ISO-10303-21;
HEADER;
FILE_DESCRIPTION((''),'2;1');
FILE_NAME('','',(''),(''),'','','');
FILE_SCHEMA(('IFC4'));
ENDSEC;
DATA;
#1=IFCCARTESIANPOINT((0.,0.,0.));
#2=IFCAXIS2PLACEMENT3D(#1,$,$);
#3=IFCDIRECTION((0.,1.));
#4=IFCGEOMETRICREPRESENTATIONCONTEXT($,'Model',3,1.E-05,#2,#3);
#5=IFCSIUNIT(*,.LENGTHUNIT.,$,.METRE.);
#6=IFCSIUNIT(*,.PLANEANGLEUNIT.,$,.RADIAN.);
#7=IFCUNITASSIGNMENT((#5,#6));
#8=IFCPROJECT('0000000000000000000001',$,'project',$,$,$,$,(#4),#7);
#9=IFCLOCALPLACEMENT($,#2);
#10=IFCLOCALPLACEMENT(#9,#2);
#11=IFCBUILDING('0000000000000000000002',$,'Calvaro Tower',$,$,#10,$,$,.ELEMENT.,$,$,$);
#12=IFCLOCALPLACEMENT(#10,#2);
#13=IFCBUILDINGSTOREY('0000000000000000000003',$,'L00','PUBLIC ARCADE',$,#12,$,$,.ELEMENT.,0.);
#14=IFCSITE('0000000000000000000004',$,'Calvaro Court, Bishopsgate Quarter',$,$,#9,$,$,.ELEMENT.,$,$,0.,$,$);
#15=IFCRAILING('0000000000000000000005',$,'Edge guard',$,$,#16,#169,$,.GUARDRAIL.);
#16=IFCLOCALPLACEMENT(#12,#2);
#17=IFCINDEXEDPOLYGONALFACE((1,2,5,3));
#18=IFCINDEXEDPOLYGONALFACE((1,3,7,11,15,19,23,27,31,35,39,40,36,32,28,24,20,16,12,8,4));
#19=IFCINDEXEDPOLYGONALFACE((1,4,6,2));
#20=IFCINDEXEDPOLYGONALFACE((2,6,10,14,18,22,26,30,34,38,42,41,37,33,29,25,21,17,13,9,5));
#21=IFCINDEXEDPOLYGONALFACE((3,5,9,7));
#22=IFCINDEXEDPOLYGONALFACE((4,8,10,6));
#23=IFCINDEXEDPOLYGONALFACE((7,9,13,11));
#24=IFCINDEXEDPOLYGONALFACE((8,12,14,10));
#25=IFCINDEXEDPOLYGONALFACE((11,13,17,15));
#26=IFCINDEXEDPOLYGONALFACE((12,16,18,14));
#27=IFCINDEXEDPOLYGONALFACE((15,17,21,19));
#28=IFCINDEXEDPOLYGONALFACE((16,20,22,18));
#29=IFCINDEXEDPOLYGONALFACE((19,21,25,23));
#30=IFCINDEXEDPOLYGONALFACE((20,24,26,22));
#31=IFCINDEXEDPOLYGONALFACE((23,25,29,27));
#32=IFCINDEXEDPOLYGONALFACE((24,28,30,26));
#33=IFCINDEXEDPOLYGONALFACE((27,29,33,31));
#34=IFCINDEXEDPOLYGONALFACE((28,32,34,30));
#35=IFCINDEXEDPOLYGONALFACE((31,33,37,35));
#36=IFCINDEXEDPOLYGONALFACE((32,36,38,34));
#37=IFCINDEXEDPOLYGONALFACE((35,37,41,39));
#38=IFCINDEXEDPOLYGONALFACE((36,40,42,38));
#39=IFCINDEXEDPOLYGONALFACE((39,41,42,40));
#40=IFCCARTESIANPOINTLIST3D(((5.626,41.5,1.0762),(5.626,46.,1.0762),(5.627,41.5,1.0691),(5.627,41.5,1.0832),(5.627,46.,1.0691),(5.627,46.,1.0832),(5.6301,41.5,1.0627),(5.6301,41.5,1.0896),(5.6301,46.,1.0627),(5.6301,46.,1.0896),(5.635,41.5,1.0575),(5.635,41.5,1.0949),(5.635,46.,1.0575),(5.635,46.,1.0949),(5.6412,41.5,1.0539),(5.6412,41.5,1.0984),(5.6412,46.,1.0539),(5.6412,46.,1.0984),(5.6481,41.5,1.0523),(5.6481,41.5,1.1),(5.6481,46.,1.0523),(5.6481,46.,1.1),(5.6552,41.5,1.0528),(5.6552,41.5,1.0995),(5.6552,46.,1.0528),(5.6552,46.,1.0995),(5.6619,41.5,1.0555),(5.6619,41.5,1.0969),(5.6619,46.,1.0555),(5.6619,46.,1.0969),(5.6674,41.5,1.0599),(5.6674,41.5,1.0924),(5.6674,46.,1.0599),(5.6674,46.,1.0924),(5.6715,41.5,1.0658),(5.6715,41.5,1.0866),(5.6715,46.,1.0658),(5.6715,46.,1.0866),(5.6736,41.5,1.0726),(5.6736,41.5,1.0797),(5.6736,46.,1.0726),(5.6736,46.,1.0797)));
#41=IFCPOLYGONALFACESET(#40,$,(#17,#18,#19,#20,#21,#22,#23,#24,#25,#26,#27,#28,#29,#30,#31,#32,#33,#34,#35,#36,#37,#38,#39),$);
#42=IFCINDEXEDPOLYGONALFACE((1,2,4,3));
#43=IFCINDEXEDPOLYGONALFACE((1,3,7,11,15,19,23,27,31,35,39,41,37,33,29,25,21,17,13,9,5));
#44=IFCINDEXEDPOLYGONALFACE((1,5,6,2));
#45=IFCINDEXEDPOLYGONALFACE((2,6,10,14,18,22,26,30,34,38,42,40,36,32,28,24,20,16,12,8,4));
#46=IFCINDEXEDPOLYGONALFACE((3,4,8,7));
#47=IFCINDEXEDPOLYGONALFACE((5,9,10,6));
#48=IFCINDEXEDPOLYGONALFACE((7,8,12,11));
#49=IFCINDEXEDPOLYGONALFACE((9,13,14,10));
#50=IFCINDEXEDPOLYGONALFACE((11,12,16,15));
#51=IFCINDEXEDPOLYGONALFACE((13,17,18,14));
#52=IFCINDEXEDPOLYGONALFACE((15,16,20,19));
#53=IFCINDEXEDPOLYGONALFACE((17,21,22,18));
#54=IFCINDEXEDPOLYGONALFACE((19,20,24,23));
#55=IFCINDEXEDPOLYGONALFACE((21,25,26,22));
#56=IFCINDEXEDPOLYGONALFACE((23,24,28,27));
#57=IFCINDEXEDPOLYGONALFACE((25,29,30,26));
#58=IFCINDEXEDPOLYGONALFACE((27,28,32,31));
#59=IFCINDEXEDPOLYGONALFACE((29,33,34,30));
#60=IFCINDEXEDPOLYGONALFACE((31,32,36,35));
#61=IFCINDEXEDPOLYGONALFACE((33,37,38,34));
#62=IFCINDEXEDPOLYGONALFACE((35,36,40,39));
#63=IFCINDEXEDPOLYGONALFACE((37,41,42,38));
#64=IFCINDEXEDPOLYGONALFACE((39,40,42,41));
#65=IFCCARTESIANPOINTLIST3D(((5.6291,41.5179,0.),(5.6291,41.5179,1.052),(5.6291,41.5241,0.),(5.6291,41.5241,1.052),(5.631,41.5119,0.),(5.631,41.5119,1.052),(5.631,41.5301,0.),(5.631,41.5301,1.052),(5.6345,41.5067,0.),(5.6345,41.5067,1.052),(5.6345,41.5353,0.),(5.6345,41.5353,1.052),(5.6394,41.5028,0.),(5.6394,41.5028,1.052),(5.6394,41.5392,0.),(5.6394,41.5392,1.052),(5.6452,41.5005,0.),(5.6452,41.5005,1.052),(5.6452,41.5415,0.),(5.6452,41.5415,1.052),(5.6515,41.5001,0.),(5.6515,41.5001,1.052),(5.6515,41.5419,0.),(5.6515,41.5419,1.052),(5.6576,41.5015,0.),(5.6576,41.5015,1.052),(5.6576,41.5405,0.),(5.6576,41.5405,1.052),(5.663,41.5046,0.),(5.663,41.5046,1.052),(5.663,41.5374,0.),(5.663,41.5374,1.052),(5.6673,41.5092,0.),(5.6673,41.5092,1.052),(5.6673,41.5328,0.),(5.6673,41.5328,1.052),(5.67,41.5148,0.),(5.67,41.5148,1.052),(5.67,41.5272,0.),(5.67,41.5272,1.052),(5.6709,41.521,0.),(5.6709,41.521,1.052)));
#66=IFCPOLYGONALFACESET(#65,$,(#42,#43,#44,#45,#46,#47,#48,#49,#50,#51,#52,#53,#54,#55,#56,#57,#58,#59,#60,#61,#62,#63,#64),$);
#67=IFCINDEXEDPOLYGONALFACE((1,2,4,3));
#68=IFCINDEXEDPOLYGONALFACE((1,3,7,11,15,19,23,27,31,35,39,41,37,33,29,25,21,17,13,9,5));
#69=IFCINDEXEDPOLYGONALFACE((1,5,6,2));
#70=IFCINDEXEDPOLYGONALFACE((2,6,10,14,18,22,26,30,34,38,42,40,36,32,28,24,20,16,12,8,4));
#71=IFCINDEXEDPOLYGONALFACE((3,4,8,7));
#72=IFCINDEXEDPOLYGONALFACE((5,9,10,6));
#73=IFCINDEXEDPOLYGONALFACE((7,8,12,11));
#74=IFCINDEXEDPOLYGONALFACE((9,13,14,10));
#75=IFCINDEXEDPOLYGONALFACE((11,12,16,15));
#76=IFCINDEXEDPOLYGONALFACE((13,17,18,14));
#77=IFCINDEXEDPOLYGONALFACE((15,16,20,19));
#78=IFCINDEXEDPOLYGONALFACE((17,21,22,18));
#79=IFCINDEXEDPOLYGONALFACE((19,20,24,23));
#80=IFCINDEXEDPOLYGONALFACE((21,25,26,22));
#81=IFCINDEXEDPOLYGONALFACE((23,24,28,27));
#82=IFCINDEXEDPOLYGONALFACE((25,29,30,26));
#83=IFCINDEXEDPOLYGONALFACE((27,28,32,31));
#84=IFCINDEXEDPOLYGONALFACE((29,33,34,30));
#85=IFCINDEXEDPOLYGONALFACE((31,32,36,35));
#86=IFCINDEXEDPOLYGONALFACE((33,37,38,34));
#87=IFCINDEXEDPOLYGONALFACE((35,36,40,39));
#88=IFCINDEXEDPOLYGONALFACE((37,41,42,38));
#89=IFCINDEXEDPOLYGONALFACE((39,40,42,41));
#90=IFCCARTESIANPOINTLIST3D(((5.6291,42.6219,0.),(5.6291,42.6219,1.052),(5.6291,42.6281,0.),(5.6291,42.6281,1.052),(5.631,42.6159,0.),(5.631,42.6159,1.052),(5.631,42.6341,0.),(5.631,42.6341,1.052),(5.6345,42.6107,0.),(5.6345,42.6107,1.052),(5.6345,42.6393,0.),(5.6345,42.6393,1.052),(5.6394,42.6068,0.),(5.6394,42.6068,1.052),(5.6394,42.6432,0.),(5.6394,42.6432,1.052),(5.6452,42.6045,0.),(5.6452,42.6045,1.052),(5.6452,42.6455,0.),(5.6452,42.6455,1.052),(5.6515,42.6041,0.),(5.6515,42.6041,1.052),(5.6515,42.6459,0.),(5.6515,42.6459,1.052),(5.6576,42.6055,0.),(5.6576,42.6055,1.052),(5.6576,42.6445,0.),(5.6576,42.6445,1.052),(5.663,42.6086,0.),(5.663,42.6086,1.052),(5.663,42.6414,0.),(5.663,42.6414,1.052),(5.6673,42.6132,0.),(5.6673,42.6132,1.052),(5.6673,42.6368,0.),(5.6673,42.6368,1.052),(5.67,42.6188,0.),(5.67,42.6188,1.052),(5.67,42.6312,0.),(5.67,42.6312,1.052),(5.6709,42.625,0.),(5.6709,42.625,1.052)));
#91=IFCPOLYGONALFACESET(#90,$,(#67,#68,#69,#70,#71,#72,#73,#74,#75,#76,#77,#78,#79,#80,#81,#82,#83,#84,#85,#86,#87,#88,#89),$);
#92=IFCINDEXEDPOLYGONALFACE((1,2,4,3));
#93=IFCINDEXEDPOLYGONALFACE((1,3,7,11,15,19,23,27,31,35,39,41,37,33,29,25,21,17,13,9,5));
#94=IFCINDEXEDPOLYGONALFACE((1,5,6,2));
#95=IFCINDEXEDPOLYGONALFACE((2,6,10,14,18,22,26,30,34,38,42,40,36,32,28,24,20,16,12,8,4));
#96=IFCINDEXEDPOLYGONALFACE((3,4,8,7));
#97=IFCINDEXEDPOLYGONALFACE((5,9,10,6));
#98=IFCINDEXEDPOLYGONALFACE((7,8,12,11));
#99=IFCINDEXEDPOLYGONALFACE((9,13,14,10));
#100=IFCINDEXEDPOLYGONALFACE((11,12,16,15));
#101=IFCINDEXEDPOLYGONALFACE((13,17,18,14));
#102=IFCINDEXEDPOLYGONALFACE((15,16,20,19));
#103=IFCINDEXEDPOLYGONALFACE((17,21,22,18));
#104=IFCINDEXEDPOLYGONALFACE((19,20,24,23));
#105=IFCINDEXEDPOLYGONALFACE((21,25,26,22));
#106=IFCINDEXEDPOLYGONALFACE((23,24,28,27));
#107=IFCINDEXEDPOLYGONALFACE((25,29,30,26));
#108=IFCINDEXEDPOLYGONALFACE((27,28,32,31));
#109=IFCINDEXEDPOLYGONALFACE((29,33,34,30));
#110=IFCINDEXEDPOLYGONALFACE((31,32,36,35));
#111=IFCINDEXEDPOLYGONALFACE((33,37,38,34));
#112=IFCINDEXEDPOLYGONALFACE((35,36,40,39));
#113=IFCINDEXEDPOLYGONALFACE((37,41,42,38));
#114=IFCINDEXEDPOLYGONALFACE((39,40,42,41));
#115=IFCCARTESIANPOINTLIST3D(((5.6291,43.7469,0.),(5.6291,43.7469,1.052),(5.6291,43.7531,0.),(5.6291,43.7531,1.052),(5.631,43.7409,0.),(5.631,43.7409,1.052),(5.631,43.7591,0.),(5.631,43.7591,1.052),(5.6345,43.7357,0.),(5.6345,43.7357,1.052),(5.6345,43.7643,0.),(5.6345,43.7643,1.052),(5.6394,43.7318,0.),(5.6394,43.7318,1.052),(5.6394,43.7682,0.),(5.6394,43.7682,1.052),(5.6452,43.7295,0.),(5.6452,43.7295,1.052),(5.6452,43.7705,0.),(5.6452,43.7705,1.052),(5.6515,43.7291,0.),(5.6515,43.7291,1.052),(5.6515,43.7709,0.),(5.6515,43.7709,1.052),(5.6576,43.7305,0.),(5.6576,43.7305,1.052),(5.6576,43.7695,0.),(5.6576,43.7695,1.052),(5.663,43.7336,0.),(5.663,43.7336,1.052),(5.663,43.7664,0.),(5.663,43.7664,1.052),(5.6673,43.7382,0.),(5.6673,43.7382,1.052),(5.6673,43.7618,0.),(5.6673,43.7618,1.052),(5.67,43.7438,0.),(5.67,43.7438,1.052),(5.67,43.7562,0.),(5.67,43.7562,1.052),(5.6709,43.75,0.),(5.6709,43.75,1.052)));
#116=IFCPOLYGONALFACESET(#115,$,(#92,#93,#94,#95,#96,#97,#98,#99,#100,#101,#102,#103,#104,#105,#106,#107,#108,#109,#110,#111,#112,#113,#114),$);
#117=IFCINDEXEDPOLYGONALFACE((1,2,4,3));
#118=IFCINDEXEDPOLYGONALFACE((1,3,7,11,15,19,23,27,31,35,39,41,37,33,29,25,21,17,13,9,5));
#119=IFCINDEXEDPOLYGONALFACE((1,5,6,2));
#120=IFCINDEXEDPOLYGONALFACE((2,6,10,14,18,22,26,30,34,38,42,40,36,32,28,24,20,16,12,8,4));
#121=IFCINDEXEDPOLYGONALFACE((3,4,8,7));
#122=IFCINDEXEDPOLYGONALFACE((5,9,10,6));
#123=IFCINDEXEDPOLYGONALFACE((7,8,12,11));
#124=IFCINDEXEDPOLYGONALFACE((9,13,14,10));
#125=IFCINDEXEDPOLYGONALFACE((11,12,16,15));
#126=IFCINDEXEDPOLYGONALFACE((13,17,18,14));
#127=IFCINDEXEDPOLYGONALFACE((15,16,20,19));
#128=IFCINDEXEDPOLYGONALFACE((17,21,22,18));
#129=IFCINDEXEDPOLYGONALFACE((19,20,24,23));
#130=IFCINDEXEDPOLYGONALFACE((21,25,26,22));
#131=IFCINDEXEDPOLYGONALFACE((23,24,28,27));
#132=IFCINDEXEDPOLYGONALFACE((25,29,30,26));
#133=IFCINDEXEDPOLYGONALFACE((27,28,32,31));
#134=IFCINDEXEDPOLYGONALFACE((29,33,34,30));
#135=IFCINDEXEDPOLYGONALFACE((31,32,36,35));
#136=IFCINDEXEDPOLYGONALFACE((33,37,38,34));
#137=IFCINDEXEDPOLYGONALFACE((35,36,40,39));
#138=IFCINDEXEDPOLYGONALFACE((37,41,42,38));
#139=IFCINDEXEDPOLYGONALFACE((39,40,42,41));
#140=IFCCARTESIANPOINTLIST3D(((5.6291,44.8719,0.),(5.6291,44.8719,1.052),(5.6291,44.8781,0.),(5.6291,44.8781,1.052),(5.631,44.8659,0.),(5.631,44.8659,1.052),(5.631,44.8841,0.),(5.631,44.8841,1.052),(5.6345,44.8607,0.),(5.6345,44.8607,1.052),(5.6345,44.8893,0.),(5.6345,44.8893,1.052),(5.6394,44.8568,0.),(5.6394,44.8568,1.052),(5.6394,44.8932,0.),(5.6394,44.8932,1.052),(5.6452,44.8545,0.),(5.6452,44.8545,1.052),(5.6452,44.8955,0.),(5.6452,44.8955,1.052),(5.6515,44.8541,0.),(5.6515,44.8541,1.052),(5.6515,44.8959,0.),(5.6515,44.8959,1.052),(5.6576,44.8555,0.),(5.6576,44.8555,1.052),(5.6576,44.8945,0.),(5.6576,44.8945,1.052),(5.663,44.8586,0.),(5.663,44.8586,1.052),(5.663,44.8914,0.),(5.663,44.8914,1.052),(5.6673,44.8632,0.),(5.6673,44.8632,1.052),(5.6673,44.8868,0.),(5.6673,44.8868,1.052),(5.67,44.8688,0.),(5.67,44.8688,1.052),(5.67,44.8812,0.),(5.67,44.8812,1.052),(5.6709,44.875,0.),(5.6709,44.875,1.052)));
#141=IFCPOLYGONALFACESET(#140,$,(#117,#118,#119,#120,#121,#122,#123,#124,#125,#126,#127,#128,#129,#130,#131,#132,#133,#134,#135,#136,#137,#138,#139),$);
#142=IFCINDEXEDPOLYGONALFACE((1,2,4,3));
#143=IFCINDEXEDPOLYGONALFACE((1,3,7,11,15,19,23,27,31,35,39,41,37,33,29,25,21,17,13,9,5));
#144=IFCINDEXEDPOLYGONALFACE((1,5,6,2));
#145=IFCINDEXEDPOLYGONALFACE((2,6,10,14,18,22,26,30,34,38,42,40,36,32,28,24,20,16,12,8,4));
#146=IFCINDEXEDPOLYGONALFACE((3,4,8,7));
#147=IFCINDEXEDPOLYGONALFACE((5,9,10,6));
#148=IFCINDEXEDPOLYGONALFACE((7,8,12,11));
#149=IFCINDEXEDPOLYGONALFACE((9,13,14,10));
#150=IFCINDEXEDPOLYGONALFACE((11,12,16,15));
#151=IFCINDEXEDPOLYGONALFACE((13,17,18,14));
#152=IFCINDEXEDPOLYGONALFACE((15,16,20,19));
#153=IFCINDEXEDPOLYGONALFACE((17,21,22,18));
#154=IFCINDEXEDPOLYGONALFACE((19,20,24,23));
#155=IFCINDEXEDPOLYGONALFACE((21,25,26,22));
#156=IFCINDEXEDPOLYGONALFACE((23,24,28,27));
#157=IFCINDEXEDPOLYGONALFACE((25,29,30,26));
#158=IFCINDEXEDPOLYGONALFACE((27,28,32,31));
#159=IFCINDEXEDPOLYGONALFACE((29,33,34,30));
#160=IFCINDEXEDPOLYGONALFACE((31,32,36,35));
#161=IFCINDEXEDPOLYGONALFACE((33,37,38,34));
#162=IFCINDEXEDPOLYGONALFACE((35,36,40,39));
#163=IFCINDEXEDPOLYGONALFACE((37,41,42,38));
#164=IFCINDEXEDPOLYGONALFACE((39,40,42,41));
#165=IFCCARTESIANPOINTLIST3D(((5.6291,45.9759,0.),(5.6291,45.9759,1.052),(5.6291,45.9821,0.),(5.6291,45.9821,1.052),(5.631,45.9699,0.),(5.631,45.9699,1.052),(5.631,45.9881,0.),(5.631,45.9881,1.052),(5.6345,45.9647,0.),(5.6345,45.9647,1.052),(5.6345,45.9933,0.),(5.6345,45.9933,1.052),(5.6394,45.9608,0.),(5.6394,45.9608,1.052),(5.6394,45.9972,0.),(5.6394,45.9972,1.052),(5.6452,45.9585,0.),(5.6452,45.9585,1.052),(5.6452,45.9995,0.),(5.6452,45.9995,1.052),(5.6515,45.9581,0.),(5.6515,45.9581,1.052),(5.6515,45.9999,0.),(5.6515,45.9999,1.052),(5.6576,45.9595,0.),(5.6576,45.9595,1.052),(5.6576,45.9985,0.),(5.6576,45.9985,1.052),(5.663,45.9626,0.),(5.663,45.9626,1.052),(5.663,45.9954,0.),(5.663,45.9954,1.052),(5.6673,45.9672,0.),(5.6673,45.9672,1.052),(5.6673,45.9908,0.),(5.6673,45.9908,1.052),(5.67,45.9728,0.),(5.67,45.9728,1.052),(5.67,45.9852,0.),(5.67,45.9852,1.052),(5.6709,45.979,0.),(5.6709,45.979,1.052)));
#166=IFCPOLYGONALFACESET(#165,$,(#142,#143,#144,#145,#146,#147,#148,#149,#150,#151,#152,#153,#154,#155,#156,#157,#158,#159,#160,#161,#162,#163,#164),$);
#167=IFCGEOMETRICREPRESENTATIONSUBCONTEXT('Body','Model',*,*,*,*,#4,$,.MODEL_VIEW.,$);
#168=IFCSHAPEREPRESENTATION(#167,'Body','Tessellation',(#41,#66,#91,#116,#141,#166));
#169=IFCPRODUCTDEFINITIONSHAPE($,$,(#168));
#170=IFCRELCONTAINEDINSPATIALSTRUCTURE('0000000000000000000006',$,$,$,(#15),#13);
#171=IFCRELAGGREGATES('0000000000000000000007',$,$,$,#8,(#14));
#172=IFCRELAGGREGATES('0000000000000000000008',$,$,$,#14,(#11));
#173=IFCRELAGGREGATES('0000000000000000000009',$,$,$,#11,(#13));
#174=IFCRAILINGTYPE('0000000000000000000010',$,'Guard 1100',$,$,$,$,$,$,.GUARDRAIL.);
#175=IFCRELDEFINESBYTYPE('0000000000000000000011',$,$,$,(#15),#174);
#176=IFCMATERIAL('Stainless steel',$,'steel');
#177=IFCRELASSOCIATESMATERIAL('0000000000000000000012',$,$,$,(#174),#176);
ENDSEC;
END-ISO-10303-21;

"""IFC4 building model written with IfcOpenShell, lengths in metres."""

from ifc_helpers import new_model, si_unit, direction, frame, origin, origin_2d, place, context, subcontext, project, spatial, circle, extrude, material, type_object, element, save


model = new_model("IFC4")

# Units and contexts
model_context = context("Model", 3, precision=1e-05, world=origin(), true_north=direction((0.0, 1.0)))
body_context = subcontext(model_context, "Body", "Model", "MODEL_VIEW")
ifc_project = project(units=[si_unit("LENGTHUNIT", "METRE"), si_unit("PLANEANGLEUNIT", "RADIAN")], contexts=[model_context])

# Site, building, storey
site_placement = place(None, origin())
site = spatial("IfcSite", under=ifc_project, at=site_placement, Name="Calvaro Court, Bishopsgate Quarter", CompositionType="ELEMENT", RefElevation=0.0)
building_placement = place(site_placement, origin())
building = spatial("IfcBuilding", under=site, at=building_placement, Name="Calvaro Tower", CompositionType="ELEMENT")
storey_placement = place(building_placement, origin())
storey = spatial("IfcBuildingStorey", under=building, at=storey_placement, Name="L00", Description="PUBLIC ARCADE", CompositionType="ELEMENT", Elevation=0.0)

# Railing
ifc_material_1 = material(Name="Stainless steel", Category="steel")
railing_type_1 = type_object("IfcRailingType", Name="Guard 1100", PredefinedType="GUARDRAIL", material=ifc_material_1)
railing_1_placement = place(storey_placement, frame((5.6499, 41.5, 0.0)))
element("IfcRailing", 1, at=railing_1_placement, inside=storey, type_object=railing_type_1, Name="Edge guard", PredefinedType="GUARDRAIL", context=body_context, shape_type="SweptSolid", body=[
    extrude(circle(Radius=0.0239, at=origin_2d()), frame((0.0, 0.0, 1.0762), z_axis=(0.0, 1.0, 0.0), x_axis=(-1.0, 0.0, 0.0)), (0.0, 0.0, 1.0), 4.5),
    extrude(circle(Radius=0.021, at=origin_2d()), frame((0.0, 0.021, 0.0)), (0.0, 0.0, 1.0), 1.052),
    extrude(circle(Radius=0.021, at=origin_2d()), frame((0.0, 1.125, 0.0)), (0.0, 0.0, 1.0), 1.052),
    extrude(circle(Radius=0.021, at=origin_2d()), frame((0.0, 2.25, 0.0)), (0.0, 0.0, 1.0), 1.052),
    extrude(circle(Radius=0.021, at=origin_2d()), frame((0.0, 3.375, 0.0)), (0.0, 0.0, 1.0), 1.052),
    extrude(circle(Radius=0.021, at=origin_2d()), frame((0.0, 4.479, 0.0)), (0.0, 0.0, 1.0), 1.052),
])

save(model, "model.ifc")
